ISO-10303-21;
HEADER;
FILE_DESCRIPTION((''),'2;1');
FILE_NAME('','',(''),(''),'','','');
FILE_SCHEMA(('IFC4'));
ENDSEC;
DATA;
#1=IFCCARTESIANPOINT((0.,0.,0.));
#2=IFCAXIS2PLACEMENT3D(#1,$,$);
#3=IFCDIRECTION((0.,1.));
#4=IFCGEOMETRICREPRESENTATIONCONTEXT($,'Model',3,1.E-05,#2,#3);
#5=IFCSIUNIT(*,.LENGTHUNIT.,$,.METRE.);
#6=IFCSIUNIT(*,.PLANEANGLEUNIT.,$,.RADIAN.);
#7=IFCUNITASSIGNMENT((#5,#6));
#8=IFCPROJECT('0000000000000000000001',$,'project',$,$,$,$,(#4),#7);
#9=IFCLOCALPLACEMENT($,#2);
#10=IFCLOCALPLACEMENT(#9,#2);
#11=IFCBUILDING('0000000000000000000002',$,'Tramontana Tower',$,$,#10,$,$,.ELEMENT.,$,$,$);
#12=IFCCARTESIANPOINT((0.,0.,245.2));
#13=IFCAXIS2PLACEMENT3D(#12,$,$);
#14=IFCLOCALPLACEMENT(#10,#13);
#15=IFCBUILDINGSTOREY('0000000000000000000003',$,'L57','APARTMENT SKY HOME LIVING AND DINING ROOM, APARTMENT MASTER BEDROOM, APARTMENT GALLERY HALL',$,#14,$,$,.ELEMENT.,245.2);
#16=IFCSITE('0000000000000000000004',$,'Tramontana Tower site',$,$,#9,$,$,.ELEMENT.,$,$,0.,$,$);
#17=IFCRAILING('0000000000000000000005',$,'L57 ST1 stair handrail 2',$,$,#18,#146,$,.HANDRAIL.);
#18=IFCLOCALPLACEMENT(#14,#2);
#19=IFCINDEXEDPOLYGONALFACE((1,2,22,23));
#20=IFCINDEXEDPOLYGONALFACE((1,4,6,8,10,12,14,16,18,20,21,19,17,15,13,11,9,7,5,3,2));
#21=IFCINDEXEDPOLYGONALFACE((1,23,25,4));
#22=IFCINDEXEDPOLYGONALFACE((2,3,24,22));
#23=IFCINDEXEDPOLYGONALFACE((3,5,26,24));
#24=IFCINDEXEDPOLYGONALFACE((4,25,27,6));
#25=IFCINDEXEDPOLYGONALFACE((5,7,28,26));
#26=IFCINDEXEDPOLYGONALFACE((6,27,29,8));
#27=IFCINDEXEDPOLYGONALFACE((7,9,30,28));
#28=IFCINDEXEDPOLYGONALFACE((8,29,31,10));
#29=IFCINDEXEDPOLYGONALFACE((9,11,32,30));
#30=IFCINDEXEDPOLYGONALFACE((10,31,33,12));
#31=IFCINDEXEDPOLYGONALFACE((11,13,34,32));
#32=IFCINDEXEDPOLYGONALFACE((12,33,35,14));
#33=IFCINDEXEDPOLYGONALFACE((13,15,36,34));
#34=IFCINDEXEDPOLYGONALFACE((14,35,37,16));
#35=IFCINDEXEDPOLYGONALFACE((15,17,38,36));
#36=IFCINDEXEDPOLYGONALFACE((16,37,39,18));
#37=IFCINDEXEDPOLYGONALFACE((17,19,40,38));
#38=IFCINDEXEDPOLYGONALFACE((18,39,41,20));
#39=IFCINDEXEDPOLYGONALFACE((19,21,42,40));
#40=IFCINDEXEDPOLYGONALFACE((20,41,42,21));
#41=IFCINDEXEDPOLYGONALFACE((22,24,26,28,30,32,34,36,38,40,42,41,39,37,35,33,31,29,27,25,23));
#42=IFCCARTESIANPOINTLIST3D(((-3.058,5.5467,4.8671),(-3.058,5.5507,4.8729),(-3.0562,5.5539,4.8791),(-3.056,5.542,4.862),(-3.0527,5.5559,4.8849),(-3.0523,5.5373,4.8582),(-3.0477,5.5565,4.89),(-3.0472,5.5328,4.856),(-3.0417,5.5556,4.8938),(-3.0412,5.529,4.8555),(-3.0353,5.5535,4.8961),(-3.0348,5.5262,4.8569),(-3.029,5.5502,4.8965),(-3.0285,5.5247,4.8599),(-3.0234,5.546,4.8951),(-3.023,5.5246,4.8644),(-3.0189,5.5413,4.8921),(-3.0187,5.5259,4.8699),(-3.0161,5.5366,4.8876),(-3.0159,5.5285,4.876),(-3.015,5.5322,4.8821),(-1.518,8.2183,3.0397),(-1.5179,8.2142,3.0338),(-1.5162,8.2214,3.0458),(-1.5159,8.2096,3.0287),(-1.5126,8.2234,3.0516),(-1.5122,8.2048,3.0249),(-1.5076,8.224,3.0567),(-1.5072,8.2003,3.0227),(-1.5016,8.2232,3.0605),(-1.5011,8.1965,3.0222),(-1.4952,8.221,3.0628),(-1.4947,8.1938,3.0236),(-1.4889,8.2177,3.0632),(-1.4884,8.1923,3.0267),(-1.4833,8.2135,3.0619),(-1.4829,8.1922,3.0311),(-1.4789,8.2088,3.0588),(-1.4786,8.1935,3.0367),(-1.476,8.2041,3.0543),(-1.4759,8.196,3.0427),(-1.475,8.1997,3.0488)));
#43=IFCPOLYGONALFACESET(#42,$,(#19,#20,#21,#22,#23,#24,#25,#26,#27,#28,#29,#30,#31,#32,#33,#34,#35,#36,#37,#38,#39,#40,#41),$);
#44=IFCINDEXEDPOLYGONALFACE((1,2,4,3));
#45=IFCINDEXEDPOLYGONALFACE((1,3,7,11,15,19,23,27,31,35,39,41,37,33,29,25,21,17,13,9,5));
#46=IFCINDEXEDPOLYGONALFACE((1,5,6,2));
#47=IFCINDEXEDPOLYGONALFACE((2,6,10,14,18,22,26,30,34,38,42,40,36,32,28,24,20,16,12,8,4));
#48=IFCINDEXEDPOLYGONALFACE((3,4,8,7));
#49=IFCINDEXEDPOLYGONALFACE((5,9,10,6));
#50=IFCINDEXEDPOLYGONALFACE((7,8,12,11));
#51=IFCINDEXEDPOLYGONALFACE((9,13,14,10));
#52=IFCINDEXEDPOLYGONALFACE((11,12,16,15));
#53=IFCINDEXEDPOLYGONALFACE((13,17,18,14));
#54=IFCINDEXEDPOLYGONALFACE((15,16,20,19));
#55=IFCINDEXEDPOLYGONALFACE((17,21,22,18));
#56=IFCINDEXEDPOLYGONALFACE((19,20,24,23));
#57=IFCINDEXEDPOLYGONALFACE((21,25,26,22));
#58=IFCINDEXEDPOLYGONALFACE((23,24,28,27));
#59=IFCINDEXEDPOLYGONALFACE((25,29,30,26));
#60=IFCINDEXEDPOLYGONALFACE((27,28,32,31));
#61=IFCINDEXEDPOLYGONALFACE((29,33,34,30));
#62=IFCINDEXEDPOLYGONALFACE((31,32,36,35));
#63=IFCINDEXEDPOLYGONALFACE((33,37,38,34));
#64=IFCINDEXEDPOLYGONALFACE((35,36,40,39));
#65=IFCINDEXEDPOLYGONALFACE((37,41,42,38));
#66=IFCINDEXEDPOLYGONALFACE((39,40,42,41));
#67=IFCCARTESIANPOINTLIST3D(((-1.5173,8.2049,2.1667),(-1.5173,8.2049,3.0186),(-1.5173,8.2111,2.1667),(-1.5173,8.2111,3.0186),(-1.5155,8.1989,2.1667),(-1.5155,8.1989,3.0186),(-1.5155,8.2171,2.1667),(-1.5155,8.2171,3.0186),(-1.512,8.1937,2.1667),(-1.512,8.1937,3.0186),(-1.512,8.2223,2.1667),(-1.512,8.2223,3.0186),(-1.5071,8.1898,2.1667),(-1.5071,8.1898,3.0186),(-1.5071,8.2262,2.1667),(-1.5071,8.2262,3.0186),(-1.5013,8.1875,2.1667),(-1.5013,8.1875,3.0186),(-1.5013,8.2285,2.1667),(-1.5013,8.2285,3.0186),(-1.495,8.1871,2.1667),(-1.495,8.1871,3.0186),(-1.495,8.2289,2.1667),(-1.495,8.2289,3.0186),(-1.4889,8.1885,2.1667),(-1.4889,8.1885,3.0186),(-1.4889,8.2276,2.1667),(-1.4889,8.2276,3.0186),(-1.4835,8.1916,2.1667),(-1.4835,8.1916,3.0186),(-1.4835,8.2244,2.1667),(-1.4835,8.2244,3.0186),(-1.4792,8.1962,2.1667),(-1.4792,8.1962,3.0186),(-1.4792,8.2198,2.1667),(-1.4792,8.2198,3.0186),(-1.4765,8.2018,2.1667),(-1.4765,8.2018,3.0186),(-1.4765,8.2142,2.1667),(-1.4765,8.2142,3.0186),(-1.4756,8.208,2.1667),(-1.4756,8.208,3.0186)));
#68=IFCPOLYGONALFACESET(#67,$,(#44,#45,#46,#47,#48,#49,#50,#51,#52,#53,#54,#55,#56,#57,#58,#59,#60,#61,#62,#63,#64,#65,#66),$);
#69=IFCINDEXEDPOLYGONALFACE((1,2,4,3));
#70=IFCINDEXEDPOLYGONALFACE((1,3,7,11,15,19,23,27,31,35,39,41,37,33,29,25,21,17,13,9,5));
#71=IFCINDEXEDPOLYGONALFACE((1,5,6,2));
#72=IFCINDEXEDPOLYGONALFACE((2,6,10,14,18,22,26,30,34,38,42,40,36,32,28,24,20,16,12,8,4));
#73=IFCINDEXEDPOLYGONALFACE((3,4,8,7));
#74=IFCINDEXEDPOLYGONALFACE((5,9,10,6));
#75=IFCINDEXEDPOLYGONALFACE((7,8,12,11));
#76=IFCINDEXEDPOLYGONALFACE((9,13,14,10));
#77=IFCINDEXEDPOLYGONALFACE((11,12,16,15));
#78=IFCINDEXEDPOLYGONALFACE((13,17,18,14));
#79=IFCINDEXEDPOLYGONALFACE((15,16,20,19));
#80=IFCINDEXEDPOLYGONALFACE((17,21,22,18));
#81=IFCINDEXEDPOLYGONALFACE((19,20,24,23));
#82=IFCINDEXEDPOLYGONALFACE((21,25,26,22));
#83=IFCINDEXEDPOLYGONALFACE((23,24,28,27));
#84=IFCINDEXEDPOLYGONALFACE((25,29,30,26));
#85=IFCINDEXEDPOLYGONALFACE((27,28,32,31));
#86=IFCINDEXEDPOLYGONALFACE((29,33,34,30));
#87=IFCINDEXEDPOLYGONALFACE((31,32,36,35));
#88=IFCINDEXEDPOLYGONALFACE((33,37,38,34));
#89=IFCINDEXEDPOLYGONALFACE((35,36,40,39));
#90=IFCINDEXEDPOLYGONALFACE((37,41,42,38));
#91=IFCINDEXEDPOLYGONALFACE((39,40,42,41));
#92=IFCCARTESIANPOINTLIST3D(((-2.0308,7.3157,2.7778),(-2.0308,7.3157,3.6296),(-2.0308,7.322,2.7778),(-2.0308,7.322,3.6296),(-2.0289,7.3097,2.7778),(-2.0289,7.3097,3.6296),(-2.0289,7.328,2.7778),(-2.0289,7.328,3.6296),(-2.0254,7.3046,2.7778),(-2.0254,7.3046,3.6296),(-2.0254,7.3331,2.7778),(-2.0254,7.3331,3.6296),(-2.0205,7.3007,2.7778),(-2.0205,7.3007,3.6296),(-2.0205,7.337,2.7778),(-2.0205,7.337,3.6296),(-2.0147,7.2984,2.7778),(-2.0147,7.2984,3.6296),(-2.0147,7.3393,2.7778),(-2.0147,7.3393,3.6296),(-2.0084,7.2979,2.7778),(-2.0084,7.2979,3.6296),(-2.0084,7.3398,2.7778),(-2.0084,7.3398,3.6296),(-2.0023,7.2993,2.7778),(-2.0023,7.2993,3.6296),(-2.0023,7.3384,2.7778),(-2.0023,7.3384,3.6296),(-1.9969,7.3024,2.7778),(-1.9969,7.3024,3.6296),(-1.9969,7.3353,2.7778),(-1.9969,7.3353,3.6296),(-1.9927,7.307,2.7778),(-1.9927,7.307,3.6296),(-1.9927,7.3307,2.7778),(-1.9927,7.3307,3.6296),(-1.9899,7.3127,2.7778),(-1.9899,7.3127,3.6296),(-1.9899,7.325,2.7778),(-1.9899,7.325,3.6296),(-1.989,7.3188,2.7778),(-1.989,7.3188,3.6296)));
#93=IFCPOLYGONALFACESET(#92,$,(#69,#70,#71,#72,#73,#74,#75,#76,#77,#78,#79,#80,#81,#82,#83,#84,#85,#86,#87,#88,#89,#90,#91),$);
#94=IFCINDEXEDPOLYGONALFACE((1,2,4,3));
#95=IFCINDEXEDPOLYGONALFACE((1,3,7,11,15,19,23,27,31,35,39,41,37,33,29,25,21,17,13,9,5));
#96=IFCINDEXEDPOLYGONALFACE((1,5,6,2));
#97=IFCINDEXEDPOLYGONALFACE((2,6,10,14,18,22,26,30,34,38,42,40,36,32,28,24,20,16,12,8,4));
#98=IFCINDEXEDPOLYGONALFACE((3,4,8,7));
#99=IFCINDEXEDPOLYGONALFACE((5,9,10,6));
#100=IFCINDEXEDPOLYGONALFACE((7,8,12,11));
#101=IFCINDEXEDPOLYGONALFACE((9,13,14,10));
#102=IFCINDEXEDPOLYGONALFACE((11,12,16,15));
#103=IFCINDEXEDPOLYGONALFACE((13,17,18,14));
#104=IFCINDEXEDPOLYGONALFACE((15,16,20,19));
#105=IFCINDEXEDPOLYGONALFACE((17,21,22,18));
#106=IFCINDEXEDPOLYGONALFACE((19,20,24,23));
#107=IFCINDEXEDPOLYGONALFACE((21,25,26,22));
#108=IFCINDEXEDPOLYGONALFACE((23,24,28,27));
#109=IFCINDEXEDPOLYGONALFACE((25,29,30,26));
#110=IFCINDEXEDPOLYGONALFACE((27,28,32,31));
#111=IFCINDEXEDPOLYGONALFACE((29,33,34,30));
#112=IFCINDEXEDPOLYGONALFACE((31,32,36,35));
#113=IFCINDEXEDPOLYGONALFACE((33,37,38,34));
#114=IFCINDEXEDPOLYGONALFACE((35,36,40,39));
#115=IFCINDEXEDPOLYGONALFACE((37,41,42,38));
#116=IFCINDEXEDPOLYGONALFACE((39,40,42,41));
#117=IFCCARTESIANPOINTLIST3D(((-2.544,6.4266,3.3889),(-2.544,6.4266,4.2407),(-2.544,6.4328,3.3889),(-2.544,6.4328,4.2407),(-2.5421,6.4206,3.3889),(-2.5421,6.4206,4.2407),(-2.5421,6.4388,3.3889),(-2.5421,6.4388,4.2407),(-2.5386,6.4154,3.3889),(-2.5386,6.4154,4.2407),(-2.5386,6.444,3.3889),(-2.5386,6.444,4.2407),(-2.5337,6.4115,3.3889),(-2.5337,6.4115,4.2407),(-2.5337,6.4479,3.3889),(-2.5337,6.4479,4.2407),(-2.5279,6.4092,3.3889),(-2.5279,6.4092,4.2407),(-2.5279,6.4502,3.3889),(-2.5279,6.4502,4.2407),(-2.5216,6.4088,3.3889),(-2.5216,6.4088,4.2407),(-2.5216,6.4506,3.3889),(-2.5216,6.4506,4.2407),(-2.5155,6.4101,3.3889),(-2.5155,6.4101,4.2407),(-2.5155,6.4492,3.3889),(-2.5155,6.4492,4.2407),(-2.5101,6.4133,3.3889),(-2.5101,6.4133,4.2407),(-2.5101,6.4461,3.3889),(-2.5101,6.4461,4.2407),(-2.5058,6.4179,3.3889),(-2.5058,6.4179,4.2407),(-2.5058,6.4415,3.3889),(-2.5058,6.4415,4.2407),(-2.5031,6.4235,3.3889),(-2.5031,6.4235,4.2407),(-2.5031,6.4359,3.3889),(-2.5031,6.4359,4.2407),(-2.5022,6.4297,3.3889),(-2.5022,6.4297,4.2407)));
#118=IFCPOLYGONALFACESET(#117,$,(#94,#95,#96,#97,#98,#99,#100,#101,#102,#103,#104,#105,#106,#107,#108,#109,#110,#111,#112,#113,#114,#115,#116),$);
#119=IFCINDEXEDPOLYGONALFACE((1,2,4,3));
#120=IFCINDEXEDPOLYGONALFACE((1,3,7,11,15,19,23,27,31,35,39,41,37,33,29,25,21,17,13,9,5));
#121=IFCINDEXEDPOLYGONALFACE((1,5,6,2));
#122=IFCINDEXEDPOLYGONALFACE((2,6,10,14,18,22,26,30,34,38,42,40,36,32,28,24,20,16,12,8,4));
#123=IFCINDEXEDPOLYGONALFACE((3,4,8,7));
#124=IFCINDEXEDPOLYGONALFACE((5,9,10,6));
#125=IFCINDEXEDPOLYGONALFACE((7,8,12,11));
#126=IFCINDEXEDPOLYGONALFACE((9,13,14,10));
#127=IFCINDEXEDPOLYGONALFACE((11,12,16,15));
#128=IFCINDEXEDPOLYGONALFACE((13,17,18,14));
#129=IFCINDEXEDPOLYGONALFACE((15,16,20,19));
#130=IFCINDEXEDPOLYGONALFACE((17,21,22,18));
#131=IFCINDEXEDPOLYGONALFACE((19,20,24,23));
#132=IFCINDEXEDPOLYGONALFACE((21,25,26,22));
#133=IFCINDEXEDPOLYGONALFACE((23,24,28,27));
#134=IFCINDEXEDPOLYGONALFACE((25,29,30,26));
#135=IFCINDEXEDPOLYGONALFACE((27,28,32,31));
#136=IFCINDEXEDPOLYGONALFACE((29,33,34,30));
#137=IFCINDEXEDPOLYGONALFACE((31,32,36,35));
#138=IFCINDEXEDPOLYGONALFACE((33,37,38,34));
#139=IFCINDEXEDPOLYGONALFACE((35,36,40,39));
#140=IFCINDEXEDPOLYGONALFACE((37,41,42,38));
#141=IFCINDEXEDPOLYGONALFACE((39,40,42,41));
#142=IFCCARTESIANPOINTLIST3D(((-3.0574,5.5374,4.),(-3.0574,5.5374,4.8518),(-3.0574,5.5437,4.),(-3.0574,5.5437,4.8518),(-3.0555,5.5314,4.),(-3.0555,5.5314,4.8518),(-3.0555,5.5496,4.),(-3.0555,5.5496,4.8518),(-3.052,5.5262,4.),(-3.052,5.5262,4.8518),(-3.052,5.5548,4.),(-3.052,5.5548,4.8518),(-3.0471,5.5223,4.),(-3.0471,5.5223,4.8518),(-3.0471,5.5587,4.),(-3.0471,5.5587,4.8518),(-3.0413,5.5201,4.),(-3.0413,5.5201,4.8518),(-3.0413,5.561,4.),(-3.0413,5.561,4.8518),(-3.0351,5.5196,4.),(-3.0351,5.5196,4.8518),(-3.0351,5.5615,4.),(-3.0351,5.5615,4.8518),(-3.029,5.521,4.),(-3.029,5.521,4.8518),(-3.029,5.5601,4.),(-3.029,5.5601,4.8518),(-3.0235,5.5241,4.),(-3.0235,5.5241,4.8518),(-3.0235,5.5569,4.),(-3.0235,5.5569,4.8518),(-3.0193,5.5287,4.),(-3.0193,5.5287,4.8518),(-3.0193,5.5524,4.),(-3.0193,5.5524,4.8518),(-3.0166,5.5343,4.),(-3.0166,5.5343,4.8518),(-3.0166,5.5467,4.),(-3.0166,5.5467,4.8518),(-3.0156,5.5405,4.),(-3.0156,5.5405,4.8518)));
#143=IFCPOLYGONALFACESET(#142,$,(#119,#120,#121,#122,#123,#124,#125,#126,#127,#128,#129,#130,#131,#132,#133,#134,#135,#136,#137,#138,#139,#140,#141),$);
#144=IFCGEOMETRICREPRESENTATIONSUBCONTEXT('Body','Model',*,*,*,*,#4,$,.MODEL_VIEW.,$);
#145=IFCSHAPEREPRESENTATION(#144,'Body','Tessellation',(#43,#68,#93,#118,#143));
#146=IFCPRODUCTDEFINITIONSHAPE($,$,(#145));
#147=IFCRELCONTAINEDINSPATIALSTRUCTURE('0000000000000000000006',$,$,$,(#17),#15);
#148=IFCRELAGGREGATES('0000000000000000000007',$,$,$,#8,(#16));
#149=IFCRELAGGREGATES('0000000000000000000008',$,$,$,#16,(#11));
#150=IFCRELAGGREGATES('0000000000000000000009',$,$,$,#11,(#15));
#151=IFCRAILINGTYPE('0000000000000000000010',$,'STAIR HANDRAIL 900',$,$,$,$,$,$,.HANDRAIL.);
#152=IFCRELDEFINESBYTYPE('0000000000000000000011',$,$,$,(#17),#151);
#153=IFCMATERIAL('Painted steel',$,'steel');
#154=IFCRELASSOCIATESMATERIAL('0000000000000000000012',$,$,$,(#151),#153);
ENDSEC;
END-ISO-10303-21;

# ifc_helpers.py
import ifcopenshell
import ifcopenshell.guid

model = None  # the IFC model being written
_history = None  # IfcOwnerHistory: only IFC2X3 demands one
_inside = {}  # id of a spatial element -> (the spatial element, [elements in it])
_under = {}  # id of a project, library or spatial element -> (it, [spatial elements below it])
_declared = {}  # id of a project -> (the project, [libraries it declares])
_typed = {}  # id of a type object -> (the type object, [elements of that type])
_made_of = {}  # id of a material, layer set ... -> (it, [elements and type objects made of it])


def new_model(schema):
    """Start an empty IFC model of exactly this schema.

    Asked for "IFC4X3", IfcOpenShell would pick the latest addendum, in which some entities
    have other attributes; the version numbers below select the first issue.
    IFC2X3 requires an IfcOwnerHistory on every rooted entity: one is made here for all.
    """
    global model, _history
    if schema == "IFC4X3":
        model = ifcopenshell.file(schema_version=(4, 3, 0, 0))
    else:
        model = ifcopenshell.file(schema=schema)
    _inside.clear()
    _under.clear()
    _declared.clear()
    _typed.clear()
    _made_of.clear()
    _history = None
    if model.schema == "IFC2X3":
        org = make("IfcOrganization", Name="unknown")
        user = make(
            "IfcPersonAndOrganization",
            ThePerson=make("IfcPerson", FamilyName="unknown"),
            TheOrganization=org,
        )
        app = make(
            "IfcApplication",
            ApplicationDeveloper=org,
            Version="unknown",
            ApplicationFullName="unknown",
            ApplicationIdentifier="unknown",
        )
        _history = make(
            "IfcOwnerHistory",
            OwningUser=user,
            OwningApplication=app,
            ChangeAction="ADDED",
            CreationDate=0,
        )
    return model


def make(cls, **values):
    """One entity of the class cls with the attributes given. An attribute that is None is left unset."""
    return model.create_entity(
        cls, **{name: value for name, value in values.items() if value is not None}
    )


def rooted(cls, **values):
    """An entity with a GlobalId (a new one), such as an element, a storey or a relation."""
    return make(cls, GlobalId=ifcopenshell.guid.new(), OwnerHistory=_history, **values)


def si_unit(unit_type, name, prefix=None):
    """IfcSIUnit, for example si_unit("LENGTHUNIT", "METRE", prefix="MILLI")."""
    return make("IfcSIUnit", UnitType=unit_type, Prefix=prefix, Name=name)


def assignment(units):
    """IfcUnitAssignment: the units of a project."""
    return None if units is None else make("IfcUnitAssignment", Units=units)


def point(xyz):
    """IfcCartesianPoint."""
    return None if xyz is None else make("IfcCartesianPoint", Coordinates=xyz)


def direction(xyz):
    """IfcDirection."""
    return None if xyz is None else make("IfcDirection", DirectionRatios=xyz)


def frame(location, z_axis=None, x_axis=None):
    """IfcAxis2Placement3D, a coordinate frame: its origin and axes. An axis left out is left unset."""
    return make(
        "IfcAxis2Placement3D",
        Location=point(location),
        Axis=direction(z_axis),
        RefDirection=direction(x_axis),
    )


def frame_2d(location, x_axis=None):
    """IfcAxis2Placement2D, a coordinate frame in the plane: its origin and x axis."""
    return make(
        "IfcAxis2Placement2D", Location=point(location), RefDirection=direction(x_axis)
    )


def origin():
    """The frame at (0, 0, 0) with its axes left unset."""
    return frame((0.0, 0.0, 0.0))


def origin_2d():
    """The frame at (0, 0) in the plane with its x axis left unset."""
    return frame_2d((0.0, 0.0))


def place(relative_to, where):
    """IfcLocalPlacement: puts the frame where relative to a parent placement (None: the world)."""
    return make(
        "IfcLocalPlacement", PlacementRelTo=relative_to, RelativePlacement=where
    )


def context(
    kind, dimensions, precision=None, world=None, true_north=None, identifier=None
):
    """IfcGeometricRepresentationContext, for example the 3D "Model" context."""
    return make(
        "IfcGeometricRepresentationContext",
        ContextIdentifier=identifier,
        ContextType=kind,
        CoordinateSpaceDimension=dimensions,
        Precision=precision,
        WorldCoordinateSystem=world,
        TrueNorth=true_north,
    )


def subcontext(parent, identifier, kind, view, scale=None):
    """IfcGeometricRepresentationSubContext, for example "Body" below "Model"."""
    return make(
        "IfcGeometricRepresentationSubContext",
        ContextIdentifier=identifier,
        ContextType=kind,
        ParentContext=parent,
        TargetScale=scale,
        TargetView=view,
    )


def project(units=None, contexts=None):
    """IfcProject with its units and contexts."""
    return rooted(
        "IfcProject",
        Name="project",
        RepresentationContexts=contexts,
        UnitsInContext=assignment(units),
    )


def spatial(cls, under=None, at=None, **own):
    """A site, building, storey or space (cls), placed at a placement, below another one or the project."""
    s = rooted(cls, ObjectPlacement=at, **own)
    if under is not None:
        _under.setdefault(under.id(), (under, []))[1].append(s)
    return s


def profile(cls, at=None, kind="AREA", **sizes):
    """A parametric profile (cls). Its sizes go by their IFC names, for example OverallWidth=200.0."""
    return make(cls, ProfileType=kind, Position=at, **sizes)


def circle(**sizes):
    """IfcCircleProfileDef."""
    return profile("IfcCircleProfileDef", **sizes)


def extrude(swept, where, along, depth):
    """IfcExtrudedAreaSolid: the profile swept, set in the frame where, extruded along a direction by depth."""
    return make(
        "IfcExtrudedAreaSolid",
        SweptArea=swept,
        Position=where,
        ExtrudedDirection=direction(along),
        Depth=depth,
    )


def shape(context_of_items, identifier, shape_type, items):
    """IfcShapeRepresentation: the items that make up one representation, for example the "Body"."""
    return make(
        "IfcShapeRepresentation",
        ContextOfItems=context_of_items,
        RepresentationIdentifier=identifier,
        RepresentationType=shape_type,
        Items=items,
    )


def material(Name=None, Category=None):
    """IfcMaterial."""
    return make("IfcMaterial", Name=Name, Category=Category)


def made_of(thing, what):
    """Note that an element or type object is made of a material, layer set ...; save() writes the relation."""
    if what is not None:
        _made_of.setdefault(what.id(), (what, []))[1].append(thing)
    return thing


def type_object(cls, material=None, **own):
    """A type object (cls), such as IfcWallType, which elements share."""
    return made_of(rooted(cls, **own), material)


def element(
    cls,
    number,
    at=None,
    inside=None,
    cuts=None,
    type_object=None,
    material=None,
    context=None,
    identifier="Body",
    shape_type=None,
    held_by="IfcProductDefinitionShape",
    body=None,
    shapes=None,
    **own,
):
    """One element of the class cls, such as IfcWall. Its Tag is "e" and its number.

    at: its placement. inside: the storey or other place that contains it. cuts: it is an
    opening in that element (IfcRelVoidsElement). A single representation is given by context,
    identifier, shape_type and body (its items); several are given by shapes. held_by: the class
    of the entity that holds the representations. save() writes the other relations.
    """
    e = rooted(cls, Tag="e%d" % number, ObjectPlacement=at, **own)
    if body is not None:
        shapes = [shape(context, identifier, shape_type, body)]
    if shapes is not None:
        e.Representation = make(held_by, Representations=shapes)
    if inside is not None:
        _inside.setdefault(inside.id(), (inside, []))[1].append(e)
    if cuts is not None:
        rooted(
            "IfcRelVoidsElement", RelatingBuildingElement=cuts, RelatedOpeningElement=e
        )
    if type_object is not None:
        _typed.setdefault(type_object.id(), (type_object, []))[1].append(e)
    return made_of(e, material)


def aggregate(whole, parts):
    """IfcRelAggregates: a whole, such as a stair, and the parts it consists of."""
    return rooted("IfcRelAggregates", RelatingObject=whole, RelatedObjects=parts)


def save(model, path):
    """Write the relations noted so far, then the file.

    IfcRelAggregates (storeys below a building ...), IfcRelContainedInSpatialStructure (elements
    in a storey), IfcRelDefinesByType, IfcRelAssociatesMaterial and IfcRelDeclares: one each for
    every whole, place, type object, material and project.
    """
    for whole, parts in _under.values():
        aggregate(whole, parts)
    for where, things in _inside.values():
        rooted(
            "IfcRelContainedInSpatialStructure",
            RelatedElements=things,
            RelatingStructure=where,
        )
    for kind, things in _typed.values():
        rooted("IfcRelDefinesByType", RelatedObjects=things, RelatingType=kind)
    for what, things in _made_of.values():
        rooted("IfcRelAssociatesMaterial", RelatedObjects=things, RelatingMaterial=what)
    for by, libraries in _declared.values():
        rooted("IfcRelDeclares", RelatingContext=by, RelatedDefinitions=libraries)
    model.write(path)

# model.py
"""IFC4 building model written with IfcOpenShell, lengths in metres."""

from ifc_helpers import new_model, si_unit, direction, frame, origin, origin_2d, place, context, subcontext, project, spatial, circle, extrude, material, type_object, element, save


model = new_model("IFC4")

# Units and contexts
model_context = context("Model", 3, precision=1e-05, world=origin(), true_north=direction((0.0, 1.0)))
body_context = subcontext(model_context, "Body", "Model", "MODEL_VIEW")
ifc_project = project(units=[si_unit("LENGTHUNIT", "METRE"), si_unit("PLANEANGLEUNIT", "RADIAN")], contexts=[model_context])

# Site, building, storey
site_placement = place(None, origin())
site = spatial("IfcSite", under=ifc_project, at=site_placement, Name="Tramontana Tower site", CompositionType="ELEMENT", RefElevation=0.0)
building_placement = place(site_placement, origin())
building = spatial("IfcBuilding", under=site, at=building_placement, Name="Tramontana Tower", CompositionType="ELEMENT")
storey_placement = place(building_placement, frame((0.0, 0.0, 245.2)))
storey = spatial("IfcBuildingStorey", under=building, at=storey_placement, Name="L57", Description="APARTMENT SKY HOME LIVING AND DINING ROOM, APARTMENT MASTER BEDROOM, APARTMENT GALLERY HALL", CompositionType="ELEMENT", Elevation=245.2)

# Railing
ifc_material_1 = material(Name="Painted steel", Category="steel")
railing_type_1 = type_object("IfcRailingType", Name="STAIR HANDRAIL 900", PredefinedType="HANDRAIL", material=ifc_material_1)
railing_1_placement = place(storey_placement, frame((-1.4966, 8.208, 2.1667)))
element("IfcRailing", 1, at=railing_1_placement, inside=storey, type_object=railing_type_1, Name="L57 ST1 stair handrail 2", PredefinedType="HANDRAIL", context=body_context, shape_type="SweptSolid", body=[
    extrude(circle(Radius=0.0239, at=origin_2d()), frame((0.0, 0.0, 0.876), z_axis=(-0.429649, -0.74419, 0.511452), x_axis=(0.86603, -0.499992, 0.0)), (0.0, 0.0, 1.0), 3.5845),
    extrude(circle(Radius=0.021, at=origin_2d()), origin(), (0.0, 0.0, 1.0), 0.8518),
    extrude(circle(Radius=0.021, at=origin_2d()), frame((-0.5134, -0.8892, 0.6111)), (0.0, 0.0, 1.0), 0.8518),
    extrude(circle(Radius=0.021, at=origin_2d()), frame((-1.0266, -1.7783, 1.2222)), (0.0, 0.0, 1.0), 0.8518),
    extrude(circle(Radius=0.021, at=origin_2d()), frame((-1.54, -2.6675, 1.8333)), (0.0, 0.0, 1.0), 0.8518),
])

save(model, "model.ifc")
